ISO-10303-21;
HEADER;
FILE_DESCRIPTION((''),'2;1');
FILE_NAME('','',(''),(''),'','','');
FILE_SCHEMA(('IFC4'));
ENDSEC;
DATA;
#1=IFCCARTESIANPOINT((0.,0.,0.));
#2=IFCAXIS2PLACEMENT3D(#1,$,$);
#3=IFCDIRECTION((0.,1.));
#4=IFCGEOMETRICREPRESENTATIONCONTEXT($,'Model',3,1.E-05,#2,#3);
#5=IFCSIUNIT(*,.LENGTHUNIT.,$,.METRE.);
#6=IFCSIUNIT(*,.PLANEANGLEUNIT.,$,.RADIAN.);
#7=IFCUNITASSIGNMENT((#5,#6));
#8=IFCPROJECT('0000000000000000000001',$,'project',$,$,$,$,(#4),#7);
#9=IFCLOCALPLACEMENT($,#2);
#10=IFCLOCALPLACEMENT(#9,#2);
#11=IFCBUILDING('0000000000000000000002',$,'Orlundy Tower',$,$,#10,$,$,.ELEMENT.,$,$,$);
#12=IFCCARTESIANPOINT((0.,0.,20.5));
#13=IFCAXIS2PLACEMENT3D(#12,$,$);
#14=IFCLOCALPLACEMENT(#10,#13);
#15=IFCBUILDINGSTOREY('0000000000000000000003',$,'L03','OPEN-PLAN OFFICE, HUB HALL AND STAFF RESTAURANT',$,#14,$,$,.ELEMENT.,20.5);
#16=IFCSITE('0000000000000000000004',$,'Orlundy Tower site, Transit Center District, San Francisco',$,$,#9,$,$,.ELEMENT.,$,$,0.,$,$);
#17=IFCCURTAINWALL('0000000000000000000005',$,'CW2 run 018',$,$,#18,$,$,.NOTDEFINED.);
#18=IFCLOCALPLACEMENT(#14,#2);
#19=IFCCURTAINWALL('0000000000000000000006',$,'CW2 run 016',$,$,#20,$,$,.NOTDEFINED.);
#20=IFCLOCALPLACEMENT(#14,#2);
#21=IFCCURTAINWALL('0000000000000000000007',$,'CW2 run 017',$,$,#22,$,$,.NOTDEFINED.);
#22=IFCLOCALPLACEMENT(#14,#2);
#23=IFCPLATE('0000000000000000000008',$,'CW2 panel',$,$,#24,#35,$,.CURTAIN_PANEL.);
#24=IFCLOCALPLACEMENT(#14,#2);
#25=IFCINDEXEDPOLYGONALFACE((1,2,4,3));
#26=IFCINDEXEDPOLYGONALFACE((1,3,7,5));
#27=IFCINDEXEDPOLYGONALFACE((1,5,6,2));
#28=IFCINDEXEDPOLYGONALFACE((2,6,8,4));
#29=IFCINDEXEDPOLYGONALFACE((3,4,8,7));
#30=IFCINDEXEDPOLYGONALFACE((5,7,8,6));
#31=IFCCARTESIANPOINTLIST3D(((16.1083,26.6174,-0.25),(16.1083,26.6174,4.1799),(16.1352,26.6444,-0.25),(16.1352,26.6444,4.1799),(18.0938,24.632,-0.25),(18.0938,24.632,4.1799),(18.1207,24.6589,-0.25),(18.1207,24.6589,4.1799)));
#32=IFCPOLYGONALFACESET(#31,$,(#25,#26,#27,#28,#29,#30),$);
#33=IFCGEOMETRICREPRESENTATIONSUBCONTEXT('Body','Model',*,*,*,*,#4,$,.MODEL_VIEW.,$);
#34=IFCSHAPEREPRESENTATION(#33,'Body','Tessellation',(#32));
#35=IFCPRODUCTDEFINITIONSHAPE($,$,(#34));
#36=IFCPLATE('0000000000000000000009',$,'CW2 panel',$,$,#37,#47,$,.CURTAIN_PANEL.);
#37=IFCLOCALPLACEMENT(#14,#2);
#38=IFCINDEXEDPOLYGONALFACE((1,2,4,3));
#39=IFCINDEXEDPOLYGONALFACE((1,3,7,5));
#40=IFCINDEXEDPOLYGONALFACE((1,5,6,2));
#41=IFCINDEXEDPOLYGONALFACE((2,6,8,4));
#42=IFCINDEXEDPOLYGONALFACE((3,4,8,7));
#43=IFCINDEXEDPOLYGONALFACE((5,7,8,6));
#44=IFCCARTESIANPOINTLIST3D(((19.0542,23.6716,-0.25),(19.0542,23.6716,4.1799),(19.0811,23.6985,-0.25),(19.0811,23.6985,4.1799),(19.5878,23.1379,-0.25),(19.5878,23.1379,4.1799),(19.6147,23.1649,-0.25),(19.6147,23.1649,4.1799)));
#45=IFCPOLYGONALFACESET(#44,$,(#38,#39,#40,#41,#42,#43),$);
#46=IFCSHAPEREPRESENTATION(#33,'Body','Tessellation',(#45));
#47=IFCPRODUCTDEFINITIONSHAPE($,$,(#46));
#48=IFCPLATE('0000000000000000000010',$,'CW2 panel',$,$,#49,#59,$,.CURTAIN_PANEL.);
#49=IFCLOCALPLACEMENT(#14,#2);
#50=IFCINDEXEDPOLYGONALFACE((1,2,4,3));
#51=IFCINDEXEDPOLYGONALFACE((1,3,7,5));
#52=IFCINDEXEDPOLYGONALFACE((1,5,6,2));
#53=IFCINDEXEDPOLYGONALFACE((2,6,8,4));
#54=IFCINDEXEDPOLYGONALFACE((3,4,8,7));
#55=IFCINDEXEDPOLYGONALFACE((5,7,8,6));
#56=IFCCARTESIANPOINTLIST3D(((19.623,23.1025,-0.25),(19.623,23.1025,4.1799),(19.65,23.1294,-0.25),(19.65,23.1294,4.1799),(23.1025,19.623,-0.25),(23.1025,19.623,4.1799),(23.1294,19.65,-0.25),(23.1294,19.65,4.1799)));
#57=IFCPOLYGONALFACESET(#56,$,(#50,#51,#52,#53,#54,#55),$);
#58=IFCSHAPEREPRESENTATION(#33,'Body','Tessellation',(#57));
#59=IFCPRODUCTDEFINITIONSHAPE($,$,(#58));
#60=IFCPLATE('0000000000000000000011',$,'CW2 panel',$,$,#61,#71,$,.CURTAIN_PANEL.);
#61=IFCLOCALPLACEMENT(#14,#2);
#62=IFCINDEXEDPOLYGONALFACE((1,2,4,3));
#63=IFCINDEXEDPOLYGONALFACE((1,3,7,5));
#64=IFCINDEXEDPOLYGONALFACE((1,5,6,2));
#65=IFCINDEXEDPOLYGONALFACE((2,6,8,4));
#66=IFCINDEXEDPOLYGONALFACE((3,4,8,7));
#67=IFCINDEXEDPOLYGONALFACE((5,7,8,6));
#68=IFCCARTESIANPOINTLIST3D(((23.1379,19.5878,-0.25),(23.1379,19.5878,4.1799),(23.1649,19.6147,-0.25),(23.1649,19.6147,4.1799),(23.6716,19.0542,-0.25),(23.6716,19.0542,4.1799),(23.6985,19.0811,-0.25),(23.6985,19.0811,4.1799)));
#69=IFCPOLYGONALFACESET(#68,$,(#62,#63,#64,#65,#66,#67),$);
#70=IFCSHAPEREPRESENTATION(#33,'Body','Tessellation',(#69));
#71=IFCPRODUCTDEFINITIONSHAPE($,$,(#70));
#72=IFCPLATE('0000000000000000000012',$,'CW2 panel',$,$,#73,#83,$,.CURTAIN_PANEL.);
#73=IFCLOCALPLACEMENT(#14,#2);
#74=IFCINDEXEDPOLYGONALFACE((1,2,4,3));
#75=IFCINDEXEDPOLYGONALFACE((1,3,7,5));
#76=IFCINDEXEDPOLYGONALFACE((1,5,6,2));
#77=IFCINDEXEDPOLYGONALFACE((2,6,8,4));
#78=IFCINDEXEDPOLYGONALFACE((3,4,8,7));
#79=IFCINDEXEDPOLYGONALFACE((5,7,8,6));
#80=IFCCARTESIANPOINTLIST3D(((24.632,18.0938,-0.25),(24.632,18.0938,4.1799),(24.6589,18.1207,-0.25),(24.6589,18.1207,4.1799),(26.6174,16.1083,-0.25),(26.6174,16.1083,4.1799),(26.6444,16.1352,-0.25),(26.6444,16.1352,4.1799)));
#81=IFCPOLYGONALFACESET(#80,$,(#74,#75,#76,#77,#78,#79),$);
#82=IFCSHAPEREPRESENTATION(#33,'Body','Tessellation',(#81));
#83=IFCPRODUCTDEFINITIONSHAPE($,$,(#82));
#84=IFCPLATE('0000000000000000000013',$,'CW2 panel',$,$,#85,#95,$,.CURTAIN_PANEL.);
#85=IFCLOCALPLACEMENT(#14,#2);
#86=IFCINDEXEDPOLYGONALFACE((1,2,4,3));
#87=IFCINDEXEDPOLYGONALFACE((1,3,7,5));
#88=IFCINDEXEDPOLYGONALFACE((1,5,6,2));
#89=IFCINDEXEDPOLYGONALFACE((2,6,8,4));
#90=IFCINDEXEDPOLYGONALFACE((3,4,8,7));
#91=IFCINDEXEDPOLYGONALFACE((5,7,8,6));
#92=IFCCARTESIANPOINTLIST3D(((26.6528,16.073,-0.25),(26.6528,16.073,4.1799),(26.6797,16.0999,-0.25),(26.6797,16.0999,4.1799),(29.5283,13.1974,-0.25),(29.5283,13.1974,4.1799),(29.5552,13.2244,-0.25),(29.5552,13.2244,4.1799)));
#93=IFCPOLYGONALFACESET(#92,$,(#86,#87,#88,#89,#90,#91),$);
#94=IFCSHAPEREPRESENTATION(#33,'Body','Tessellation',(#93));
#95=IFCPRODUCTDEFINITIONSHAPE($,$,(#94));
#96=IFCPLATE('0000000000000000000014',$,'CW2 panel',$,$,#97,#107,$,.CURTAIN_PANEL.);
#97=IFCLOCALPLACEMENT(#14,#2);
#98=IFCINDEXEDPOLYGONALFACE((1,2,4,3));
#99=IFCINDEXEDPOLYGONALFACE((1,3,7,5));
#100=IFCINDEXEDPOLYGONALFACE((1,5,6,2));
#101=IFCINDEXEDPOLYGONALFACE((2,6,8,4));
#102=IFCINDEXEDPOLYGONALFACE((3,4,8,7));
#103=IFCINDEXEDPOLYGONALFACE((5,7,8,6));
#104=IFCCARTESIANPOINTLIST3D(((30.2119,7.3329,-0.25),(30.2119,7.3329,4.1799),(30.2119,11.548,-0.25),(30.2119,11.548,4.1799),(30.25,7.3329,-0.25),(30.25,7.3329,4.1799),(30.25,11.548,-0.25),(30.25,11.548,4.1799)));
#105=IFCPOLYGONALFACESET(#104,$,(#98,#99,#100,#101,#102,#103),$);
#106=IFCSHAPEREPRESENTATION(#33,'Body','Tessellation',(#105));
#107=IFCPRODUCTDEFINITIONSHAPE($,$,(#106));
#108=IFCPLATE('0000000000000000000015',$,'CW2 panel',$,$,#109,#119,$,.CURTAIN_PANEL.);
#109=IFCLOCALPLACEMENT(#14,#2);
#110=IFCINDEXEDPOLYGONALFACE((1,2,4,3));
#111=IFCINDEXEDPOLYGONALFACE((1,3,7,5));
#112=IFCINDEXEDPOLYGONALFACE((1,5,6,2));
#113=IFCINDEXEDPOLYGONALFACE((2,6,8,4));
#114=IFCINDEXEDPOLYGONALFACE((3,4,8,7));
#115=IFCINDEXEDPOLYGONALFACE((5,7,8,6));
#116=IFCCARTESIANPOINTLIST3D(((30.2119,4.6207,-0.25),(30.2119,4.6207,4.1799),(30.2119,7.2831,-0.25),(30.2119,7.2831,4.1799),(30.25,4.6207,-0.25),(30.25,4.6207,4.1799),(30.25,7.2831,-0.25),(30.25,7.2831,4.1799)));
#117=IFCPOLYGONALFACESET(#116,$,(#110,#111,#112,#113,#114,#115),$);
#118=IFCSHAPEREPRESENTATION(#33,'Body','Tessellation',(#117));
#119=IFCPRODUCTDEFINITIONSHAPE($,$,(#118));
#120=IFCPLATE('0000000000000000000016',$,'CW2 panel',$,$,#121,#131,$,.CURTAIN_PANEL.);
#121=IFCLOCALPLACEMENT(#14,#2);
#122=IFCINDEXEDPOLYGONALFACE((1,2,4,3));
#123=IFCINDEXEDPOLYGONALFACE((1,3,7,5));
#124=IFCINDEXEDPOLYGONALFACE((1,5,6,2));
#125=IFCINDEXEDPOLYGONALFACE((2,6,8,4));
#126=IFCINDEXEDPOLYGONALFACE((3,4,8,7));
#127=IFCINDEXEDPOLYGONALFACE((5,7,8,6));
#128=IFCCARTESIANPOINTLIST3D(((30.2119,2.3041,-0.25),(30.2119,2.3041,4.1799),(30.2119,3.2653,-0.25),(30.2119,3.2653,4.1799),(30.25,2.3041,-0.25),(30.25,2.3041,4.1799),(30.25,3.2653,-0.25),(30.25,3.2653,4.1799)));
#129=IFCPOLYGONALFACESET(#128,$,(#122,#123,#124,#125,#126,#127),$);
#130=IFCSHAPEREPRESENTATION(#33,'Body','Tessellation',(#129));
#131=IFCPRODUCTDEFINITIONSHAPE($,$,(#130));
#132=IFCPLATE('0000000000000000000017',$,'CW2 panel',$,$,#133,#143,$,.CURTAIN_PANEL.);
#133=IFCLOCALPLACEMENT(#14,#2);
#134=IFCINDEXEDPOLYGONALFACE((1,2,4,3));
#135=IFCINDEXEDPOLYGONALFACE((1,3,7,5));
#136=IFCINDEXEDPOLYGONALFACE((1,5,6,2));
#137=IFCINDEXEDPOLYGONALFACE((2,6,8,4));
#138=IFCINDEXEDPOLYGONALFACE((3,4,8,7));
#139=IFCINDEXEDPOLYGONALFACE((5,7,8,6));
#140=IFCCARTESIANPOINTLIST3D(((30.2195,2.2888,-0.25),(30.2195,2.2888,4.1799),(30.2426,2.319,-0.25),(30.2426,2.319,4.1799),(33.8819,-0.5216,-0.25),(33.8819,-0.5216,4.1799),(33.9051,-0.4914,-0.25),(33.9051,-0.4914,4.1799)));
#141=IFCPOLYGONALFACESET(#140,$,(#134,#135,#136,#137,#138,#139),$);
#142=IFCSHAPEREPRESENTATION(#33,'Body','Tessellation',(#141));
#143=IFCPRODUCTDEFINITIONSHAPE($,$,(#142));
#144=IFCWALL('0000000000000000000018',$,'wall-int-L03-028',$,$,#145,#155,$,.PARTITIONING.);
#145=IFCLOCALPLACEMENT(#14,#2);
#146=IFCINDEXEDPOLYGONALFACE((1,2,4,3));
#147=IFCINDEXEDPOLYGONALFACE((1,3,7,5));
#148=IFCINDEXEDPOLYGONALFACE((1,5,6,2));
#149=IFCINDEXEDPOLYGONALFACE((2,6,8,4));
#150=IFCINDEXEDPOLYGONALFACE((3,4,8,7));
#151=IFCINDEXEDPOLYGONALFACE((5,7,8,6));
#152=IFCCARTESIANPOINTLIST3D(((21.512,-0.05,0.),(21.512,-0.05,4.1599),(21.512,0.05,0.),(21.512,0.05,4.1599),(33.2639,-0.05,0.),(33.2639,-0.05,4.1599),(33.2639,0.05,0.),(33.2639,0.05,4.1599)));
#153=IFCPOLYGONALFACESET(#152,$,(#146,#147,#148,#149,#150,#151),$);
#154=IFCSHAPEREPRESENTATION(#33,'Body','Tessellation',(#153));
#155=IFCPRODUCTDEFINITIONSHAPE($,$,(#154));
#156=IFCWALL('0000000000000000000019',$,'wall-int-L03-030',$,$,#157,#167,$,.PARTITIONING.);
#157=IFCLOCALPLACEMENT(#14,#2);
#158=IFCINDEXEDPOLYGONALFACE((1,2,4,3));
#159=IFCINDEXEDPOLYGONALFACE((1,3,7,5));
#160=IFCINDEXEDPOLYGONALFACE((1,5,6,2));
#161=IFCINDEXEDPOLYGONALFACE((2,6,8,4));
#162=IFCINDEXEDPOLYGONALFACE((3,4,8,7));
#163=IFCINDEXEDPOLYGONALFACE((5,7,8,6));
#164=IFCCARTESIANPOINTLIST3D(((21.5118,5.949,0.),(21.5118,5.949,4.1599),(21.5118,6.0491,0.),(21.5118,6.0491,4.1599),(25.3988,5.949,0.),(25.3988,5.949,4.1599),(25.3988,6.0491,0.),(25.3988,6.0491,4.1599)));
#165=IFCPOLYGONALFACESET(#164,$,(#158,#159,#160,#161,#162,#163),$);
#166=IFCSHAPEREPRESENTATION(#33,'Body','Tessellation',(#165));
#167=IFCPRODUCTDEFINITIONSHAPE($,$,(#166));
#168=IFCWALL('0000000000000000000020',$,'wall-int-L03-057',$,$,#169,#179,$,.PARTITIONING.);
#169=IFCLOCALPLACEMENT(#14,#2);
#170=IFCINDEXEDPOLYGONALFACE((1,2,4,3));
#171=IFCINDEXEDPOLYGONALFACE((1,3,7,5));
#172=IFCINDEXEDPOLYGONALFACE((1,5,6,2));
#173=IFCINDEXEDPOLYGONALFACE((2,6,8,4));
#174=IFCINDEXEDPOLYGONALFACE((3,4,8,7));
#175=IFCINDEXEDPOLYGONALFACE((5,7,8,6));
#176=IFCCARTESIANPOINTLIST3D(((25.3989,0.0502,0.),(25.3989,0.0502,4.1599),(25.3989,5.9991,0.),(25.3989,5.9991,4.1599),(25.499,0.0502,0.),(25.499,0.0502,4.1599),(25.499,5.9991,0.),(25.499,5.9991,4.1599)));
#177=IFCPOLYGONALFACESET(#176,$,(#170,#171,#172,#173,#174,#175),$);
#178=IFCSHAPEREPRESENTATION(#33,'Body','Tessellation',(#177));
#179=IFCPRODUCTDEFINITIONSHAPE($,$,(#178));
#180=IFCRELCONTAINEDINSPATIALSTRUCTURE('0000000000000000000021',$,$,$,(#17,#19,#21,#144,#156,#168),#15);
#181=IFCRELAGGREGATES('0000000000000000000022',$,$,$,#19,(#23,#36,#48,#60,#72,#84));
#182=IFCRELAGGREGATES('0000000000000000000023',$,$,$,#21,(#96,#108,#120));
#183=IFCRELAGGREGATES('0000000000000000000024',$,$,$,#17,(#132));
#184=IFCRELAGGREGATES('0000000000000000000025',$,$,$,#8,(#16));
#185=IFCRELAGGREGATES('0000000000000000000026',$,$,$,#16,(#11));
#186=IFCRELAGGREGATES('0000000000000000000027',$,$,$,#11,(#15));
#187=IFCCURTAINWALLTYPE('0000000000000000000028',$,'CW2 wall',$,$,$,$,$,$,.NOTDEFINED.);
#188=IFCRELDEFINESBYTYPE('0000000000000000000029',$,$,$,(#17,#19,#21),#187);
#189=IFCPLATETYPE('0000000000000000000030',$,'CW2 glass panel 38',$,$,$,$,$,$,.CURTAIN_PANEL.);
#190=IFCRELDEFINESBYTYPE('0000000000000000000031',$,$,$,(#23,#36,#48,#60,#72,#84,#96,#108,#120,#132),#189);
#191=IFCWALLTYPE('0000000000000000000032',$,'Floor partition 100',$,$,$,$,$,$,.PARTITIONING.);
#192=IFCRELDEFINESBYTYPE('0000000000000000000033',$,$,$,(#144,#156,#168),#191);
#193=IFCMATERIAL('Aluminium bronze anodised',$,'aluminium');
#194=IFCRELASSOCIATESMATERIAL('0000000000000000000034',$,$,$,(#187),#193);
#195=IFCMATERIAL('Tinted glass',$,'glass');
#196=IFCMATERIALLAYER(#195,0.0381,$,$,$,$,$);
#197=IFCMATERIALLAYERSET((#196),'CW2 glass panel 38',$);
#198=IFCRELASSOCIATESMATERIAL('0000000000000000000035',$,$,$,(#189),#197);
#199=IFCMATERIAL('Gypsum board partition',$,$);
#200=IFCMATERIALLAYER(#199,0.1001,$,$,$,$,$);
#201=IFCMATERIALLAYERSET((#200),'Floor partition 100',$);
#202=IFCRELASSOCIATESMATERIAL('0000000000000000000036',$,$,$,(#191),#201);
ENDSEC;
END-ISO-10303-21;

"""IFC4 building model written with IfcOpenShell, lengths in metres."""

from ifc_helpers import new_model, si_unit, direction, frame, frame_2d, origin, origin_2d, place, context, subcontext, project, spatial, rectangle, extrude, material, layer, layer_set, type_object, element, aggregate, save


model = new_model("IFC4")

# Units and contexts
model_context = context("Model", 3, precision=1e-05, world=origin(), true_north=direction((0.0, 1.0)))
body_context = subcontext(model_context, "Body", "Model", "MODEL_VIEW")
ifc_project = project(units=[si_unit("LENGTHUNIT", "METRE"), si_unit("PLANEANGLEUNIT", "RADIAN")], contexts=[model_context])

# Site, building, storey
site_placement = place(None, origin())
site = spatial("IfcSite", under=ifc_project, at=site_placement, Name="Orlundy Tower site, Transit Center District, San Francisco", CompositionType="ELEMENT", RefElevation=0.0)
building_placement = place(site_placement, origin())
building = spatial("IfcBuilding", under=site, at=building_placement, Name="Orlundy Tower", CompositionType="ELEMENT")
storey_placement = place(building_placement, frame((0.0, 0.0, 20.5)))
storey = spatial("IfcBuildingStorey", under=building, at=storey_placement, Name="L03", Description="OPEN-PLAN OFFICE, HUB HALL AND STAFF RESTAURANT", CompositionType="ELEMENT", Elevation=20.5)

# Curtain wall
ifc_material_1 = material(Name="Aluminium bronze anodised", Category="aluminium")
curtain_wall_type = type_object("IfcCurtainWallType", Name="CW2 wall", PredefinedType="NOTDEFINED", material=ifc_material_1)
curtain_wall_1_placement = place(storey_placement, origin())
curtain_wall_1 = element("IfcCurtainWall", 1, at=curtain_wall_1_placement, inside=storey, type_object=curtain_wall_type, Name="CW2 run 018", PredefinedType="NOTDEFINED")

# Curtain wall
curtain_wall_2_placement = place(storey_placement, origin())
curtain_wall_2 = element("IfcCurtainWall", 2, at=curtain_wall_2_placement, inside=storey, type_object=curtain_wall_type, Name="CW2 run 016", PredefinedType="NOTDEFINED")

# Curtain wall
curtain_wall_3_placement = place(storey_placement, origin())
curtain_wall_3 = element("IfcCurtainWall", 3, at=curtain_wall_3_placement, inside=storey, type_object=curtain_wall_type, Name="CW2 run 017", PredefinedType="NOTDEFINED")

# Plates
ifc_material_2 = material(Name="Tinted glass", Category="glass")
ifc_layer_1 = layer(ifc_material_2, 0.0381)
ifc_layer_set_1 = layer_set([ifc_layer_1], Name="CW2 glass panel 38")
plate_type = type_object("IfcPlateType", Name="CW2 glass panel 38", PredefinedType="CURTAIN_PANEL", material=ifc_layer_set_1)
plate_1_placement = place(storey_placement, frame((17.1145, 25.6382, -0.25), z_axis=(0.0, 0.0, 1.0), x_axis=(0.707107, -0.707107, 0.0)))
plate_1 = element("IfcPlate", 4, at=plate_1_placement, type_object=plate_type, Name="CW2 panel", PredefinedType="CURTAIN_PANEL", context=body_context, shape_type="SweptSolid", body=[
    extrude(rectangle(XDim=2.8079, YDim=0.0381, at=origin_2d()), origin(), (0.0, 0.0, 1.0), 4.4299),
])
plate_2_placement = place(storey_placement, frame((19.3345, 23.4182, -0.25), z_axis=(0.0, 0.0, 1.0), x_axis=(0.707107, -0.707107, 0.0)))
plate_2 = element("IfcPlate", 5, at=plate_2_placement, type_object=plate_type, Name="CW2 panel", PredefinedType="CURTAIN_PANEL", context=body_context, shape_type="SweptSolid", body=[
    extrude(rectangle(XDim=0.7546, YDim=0.0381, at=origin_2d()), origin(), (0.0, 0.0, 1.0), 4.4299),
])
plate_3_placement = place(storey_placement, frame((21.3762, 21.3762, -0.25), z_axis=(0.0, 0.0, 1.0), x_axis=(0.707107, -0.707107, 0.0)))
plate_3 = element("IfcPlate", 6, at=plate_3_placement, type_object=plate_type, Name="CW2 panel", PredefinedType="CURTAIN_PANEL", context=body_context, shape_type="SweptSolid", body=[
    extrude(rectangle(XDim=4.9207, YDim=0.0381, at=origin_2d()), origin(), (0.0, 0.0, 1.0), 4.4299),
])
plate_4_placement = place(storey_placement, frame((23.4182, 19.3345, -0.25), z_axis=(0.0, 0.0, 1.0), x_axis=(0.707107, -0.707107, 0.0)))
plate_4 = element("IfcPlate", 7, at=plate_4_placement, type_object=plate_type, Name="CW2 panel", PredefinedType="CURTAIN_PANEL", context=body_context, shape_type="SweptSolid", body=[
    extrude(rectangle(XDim=0.7546, YDim=0.0381, at=origin_2d()), origin(), (0.0, 0.0, 1.0), 4.4299),
])
plate_5_placement = place(storey_placement, frame((25.6382, 17.1145, -0.25), z_axis=(0.0, 0.0, 1.0), x_axis=(0.707107, -0.707107, 0.0)))
plate_5 = element("IfcPlate", 8, at=plate_5_placement, type_object=plate_type, Name="CW2 panel", PredefinedType="CURTAIN_PANEL", context=body_context, shape_type="SweptSolid", body=[
    extrude(rectangle(XDim=2.8079, YDim=0.0381, at=origin_2d()), origin(), (0.0, 0.0, 1.0), 4.4299),
])
plate_6_placement = place(storey_placement, frame((28.104, 14.6487, -0.25), z_axis=(0.0, 0.0, 1.0), x_axis=(0.707107, -0.707107, 0.0)))
plate_6 = element("IfcPlate", 9, at=plate_6_placement, type_object=plate_type, Name="CW2 panel", PredefinedType="CURTAIN_PANEL", context=body_context, shape_type="SweptSolid", body=[
    extrude(rectangle(XDim=4.0667, YDim=0.0381, at=origin_2d()), origin(), (0.0, 0.0, 1.0), 4.4299),
])
aggregate(curtain_wall_2, [plate_1, plate_2, plate_3, plate_4, plate_5, plate_6])
plate_7_placement = place(storey_placement, frame((30.231, 9.4404, -0.25), z_axis=(0.0, 0.0, 1.0), x_axis=(0.0, -1.0, 0.0)))
plate_7 = element("IfcPlate", 10, at=plate_7_placement, type_object=plate_type, Name="CW2 panel", PredefinedType="CURTAIN_PANEL", context=body_context, shape_type="SweptSolid", body=[
    extrude(rectangle(XDim=4.2151, YDim=0.0381, at=origin_2d()), origin(), (0.0, 0.0, 1.0), 4.4299),
])
plate_8_placement = place(storey_placement, frame((30.231, 5.9519, -0.25), z_axis=(0.0, 0.0, 1.0), x_axis=(0.0, -1.0, 0.0)))
plate_8 = element("IfcPlate", 11, at=plate_8_placement, type_object=plate_type, Name="CW2 panel", PredefinedType="CURTAIN_PANEL", context=body_context, shape_type="SweptSolid", body=[
    extrude(rectangle(XDim=2.6624, YDim=0.0381, at=origin_2d()), origin(), (0.0, 0.0, 1.0), 4.4299),
])
plate_9_placement = place(storey_placement, frame((30.231, 2.7847, -0.25), z_axis=(0.0, 0.0, 1.0), x_axis=(0.0, -1.0, 0.0)))
plate_9 = element("IfcPlate", 12, at=plate_9_placement, type_object=plate_type, Name="CW2 panel", PredefinedType="CURTAIN_PANEL", context=body_context, shape_type="SweptSolid", body=[
    extrude(rectangle(XDim=0.9612, YDim=0.0381, at=origin_2d()), origin(), (0.0, 0.0, 1.0), 4.4299),
])
aggregate(curtain_wall_3, [plate_7, plate_8, plate_9])
plate_10_placement = place(storey_placement, frame((32.0623, 0.8987, -0.25), z_axis=(0.0, 0.0, 1.0), x_axis=(0.79334, -0.608779, 0.0)))
plate_10 = element("IfcPlate", 13, at=plate_10_placement, type_object=plate_type, Name="CW2 panel", PredefinedType="CURTAIN_PANEL", context=body_context, shape_type="SweptSolid", body=[
    extrude(rectangle(XDim=4.6165, YDim=0.0381, at=origin_2d()), origin(), (0.0, 0.0, 1.0), 4.4299),
])
aggregate(curtain_wall_1, [plate_10])

# Walls
ifc_material_3 = material(Name="Gypsum board partition")
ifc_layer_2 = layer(ifc_material_3, 0.1001)
ifc_layer_set_2 = layer_set([ifc_layer_2], Name="Floor partition 100")
wall_type_1 = type_object("IfcWallType", Name="Floor partition 100", PredefinedType="PARTITIONING", material=ifc_layer_set_2)
wall_1_placement = place(storey_placement, frame((21.512, 0.0, 0.0), z_axis=(0.0, 0.0, 1.0), x_axis=(1.0, 0.0, 0.0)))
element("IfcWall", 14, at=wall_1_placement, inside=storey, type_object=wall_type_1, Name="wall-int-L03-028", PredefinedType="PARTITIONING", context=body_context, shape_type="SweptSolid", body=[
    extrude(rectangle(XDim=11.752, YDim=0.1001, at=frame_2d((5.876, 0.0))), origin(), (0.0, 0.0, 1.0), 4.1599),
])
wall_2_placement = place(storey_placement, frame((21.512, 5.999, 0.0), z_axis=(0.0, 0.0, 1.0), x_axis=(1.0, 0.0, 0.0)))
element("IfcWall", 15, at=wall_2_placement, inside=storey, type_object=wall_type_1, Name="wall-int-L03-030", PredefinedType="PARTITIONING", context=body_context, shape_type="SweptSolid", body=[
    extrude(rectangle(XDim=3.887, YDim=0.1001, at=frame_2d((1.9434, 0.0))), origin(), (0.0, 0.0, 1.0), 4.1599),
])
wall_3_placement = place(storey_placement, frame((25.449, 0.05, 0.0), z_axis=(0.0, 0.0, 1.0), x_axis=(0.0, 1.0, 0.0)))
element("IfcWall", 16, at=wall_3_placement, inside=storey, type_object=wall_type_1, Name="wall-int-L03-057", PredefinedType="PARTITIONING", context=body_context, shape_type="SweptSolid", body=[
    extrude(rectangle(XDim=5.949, YDim=0.1001, at=frame_2d((2.9746, 0.0))), origin(), (0.0, 0.0, 1.0), 4.1599),
])

save(model, "model.ifc")
